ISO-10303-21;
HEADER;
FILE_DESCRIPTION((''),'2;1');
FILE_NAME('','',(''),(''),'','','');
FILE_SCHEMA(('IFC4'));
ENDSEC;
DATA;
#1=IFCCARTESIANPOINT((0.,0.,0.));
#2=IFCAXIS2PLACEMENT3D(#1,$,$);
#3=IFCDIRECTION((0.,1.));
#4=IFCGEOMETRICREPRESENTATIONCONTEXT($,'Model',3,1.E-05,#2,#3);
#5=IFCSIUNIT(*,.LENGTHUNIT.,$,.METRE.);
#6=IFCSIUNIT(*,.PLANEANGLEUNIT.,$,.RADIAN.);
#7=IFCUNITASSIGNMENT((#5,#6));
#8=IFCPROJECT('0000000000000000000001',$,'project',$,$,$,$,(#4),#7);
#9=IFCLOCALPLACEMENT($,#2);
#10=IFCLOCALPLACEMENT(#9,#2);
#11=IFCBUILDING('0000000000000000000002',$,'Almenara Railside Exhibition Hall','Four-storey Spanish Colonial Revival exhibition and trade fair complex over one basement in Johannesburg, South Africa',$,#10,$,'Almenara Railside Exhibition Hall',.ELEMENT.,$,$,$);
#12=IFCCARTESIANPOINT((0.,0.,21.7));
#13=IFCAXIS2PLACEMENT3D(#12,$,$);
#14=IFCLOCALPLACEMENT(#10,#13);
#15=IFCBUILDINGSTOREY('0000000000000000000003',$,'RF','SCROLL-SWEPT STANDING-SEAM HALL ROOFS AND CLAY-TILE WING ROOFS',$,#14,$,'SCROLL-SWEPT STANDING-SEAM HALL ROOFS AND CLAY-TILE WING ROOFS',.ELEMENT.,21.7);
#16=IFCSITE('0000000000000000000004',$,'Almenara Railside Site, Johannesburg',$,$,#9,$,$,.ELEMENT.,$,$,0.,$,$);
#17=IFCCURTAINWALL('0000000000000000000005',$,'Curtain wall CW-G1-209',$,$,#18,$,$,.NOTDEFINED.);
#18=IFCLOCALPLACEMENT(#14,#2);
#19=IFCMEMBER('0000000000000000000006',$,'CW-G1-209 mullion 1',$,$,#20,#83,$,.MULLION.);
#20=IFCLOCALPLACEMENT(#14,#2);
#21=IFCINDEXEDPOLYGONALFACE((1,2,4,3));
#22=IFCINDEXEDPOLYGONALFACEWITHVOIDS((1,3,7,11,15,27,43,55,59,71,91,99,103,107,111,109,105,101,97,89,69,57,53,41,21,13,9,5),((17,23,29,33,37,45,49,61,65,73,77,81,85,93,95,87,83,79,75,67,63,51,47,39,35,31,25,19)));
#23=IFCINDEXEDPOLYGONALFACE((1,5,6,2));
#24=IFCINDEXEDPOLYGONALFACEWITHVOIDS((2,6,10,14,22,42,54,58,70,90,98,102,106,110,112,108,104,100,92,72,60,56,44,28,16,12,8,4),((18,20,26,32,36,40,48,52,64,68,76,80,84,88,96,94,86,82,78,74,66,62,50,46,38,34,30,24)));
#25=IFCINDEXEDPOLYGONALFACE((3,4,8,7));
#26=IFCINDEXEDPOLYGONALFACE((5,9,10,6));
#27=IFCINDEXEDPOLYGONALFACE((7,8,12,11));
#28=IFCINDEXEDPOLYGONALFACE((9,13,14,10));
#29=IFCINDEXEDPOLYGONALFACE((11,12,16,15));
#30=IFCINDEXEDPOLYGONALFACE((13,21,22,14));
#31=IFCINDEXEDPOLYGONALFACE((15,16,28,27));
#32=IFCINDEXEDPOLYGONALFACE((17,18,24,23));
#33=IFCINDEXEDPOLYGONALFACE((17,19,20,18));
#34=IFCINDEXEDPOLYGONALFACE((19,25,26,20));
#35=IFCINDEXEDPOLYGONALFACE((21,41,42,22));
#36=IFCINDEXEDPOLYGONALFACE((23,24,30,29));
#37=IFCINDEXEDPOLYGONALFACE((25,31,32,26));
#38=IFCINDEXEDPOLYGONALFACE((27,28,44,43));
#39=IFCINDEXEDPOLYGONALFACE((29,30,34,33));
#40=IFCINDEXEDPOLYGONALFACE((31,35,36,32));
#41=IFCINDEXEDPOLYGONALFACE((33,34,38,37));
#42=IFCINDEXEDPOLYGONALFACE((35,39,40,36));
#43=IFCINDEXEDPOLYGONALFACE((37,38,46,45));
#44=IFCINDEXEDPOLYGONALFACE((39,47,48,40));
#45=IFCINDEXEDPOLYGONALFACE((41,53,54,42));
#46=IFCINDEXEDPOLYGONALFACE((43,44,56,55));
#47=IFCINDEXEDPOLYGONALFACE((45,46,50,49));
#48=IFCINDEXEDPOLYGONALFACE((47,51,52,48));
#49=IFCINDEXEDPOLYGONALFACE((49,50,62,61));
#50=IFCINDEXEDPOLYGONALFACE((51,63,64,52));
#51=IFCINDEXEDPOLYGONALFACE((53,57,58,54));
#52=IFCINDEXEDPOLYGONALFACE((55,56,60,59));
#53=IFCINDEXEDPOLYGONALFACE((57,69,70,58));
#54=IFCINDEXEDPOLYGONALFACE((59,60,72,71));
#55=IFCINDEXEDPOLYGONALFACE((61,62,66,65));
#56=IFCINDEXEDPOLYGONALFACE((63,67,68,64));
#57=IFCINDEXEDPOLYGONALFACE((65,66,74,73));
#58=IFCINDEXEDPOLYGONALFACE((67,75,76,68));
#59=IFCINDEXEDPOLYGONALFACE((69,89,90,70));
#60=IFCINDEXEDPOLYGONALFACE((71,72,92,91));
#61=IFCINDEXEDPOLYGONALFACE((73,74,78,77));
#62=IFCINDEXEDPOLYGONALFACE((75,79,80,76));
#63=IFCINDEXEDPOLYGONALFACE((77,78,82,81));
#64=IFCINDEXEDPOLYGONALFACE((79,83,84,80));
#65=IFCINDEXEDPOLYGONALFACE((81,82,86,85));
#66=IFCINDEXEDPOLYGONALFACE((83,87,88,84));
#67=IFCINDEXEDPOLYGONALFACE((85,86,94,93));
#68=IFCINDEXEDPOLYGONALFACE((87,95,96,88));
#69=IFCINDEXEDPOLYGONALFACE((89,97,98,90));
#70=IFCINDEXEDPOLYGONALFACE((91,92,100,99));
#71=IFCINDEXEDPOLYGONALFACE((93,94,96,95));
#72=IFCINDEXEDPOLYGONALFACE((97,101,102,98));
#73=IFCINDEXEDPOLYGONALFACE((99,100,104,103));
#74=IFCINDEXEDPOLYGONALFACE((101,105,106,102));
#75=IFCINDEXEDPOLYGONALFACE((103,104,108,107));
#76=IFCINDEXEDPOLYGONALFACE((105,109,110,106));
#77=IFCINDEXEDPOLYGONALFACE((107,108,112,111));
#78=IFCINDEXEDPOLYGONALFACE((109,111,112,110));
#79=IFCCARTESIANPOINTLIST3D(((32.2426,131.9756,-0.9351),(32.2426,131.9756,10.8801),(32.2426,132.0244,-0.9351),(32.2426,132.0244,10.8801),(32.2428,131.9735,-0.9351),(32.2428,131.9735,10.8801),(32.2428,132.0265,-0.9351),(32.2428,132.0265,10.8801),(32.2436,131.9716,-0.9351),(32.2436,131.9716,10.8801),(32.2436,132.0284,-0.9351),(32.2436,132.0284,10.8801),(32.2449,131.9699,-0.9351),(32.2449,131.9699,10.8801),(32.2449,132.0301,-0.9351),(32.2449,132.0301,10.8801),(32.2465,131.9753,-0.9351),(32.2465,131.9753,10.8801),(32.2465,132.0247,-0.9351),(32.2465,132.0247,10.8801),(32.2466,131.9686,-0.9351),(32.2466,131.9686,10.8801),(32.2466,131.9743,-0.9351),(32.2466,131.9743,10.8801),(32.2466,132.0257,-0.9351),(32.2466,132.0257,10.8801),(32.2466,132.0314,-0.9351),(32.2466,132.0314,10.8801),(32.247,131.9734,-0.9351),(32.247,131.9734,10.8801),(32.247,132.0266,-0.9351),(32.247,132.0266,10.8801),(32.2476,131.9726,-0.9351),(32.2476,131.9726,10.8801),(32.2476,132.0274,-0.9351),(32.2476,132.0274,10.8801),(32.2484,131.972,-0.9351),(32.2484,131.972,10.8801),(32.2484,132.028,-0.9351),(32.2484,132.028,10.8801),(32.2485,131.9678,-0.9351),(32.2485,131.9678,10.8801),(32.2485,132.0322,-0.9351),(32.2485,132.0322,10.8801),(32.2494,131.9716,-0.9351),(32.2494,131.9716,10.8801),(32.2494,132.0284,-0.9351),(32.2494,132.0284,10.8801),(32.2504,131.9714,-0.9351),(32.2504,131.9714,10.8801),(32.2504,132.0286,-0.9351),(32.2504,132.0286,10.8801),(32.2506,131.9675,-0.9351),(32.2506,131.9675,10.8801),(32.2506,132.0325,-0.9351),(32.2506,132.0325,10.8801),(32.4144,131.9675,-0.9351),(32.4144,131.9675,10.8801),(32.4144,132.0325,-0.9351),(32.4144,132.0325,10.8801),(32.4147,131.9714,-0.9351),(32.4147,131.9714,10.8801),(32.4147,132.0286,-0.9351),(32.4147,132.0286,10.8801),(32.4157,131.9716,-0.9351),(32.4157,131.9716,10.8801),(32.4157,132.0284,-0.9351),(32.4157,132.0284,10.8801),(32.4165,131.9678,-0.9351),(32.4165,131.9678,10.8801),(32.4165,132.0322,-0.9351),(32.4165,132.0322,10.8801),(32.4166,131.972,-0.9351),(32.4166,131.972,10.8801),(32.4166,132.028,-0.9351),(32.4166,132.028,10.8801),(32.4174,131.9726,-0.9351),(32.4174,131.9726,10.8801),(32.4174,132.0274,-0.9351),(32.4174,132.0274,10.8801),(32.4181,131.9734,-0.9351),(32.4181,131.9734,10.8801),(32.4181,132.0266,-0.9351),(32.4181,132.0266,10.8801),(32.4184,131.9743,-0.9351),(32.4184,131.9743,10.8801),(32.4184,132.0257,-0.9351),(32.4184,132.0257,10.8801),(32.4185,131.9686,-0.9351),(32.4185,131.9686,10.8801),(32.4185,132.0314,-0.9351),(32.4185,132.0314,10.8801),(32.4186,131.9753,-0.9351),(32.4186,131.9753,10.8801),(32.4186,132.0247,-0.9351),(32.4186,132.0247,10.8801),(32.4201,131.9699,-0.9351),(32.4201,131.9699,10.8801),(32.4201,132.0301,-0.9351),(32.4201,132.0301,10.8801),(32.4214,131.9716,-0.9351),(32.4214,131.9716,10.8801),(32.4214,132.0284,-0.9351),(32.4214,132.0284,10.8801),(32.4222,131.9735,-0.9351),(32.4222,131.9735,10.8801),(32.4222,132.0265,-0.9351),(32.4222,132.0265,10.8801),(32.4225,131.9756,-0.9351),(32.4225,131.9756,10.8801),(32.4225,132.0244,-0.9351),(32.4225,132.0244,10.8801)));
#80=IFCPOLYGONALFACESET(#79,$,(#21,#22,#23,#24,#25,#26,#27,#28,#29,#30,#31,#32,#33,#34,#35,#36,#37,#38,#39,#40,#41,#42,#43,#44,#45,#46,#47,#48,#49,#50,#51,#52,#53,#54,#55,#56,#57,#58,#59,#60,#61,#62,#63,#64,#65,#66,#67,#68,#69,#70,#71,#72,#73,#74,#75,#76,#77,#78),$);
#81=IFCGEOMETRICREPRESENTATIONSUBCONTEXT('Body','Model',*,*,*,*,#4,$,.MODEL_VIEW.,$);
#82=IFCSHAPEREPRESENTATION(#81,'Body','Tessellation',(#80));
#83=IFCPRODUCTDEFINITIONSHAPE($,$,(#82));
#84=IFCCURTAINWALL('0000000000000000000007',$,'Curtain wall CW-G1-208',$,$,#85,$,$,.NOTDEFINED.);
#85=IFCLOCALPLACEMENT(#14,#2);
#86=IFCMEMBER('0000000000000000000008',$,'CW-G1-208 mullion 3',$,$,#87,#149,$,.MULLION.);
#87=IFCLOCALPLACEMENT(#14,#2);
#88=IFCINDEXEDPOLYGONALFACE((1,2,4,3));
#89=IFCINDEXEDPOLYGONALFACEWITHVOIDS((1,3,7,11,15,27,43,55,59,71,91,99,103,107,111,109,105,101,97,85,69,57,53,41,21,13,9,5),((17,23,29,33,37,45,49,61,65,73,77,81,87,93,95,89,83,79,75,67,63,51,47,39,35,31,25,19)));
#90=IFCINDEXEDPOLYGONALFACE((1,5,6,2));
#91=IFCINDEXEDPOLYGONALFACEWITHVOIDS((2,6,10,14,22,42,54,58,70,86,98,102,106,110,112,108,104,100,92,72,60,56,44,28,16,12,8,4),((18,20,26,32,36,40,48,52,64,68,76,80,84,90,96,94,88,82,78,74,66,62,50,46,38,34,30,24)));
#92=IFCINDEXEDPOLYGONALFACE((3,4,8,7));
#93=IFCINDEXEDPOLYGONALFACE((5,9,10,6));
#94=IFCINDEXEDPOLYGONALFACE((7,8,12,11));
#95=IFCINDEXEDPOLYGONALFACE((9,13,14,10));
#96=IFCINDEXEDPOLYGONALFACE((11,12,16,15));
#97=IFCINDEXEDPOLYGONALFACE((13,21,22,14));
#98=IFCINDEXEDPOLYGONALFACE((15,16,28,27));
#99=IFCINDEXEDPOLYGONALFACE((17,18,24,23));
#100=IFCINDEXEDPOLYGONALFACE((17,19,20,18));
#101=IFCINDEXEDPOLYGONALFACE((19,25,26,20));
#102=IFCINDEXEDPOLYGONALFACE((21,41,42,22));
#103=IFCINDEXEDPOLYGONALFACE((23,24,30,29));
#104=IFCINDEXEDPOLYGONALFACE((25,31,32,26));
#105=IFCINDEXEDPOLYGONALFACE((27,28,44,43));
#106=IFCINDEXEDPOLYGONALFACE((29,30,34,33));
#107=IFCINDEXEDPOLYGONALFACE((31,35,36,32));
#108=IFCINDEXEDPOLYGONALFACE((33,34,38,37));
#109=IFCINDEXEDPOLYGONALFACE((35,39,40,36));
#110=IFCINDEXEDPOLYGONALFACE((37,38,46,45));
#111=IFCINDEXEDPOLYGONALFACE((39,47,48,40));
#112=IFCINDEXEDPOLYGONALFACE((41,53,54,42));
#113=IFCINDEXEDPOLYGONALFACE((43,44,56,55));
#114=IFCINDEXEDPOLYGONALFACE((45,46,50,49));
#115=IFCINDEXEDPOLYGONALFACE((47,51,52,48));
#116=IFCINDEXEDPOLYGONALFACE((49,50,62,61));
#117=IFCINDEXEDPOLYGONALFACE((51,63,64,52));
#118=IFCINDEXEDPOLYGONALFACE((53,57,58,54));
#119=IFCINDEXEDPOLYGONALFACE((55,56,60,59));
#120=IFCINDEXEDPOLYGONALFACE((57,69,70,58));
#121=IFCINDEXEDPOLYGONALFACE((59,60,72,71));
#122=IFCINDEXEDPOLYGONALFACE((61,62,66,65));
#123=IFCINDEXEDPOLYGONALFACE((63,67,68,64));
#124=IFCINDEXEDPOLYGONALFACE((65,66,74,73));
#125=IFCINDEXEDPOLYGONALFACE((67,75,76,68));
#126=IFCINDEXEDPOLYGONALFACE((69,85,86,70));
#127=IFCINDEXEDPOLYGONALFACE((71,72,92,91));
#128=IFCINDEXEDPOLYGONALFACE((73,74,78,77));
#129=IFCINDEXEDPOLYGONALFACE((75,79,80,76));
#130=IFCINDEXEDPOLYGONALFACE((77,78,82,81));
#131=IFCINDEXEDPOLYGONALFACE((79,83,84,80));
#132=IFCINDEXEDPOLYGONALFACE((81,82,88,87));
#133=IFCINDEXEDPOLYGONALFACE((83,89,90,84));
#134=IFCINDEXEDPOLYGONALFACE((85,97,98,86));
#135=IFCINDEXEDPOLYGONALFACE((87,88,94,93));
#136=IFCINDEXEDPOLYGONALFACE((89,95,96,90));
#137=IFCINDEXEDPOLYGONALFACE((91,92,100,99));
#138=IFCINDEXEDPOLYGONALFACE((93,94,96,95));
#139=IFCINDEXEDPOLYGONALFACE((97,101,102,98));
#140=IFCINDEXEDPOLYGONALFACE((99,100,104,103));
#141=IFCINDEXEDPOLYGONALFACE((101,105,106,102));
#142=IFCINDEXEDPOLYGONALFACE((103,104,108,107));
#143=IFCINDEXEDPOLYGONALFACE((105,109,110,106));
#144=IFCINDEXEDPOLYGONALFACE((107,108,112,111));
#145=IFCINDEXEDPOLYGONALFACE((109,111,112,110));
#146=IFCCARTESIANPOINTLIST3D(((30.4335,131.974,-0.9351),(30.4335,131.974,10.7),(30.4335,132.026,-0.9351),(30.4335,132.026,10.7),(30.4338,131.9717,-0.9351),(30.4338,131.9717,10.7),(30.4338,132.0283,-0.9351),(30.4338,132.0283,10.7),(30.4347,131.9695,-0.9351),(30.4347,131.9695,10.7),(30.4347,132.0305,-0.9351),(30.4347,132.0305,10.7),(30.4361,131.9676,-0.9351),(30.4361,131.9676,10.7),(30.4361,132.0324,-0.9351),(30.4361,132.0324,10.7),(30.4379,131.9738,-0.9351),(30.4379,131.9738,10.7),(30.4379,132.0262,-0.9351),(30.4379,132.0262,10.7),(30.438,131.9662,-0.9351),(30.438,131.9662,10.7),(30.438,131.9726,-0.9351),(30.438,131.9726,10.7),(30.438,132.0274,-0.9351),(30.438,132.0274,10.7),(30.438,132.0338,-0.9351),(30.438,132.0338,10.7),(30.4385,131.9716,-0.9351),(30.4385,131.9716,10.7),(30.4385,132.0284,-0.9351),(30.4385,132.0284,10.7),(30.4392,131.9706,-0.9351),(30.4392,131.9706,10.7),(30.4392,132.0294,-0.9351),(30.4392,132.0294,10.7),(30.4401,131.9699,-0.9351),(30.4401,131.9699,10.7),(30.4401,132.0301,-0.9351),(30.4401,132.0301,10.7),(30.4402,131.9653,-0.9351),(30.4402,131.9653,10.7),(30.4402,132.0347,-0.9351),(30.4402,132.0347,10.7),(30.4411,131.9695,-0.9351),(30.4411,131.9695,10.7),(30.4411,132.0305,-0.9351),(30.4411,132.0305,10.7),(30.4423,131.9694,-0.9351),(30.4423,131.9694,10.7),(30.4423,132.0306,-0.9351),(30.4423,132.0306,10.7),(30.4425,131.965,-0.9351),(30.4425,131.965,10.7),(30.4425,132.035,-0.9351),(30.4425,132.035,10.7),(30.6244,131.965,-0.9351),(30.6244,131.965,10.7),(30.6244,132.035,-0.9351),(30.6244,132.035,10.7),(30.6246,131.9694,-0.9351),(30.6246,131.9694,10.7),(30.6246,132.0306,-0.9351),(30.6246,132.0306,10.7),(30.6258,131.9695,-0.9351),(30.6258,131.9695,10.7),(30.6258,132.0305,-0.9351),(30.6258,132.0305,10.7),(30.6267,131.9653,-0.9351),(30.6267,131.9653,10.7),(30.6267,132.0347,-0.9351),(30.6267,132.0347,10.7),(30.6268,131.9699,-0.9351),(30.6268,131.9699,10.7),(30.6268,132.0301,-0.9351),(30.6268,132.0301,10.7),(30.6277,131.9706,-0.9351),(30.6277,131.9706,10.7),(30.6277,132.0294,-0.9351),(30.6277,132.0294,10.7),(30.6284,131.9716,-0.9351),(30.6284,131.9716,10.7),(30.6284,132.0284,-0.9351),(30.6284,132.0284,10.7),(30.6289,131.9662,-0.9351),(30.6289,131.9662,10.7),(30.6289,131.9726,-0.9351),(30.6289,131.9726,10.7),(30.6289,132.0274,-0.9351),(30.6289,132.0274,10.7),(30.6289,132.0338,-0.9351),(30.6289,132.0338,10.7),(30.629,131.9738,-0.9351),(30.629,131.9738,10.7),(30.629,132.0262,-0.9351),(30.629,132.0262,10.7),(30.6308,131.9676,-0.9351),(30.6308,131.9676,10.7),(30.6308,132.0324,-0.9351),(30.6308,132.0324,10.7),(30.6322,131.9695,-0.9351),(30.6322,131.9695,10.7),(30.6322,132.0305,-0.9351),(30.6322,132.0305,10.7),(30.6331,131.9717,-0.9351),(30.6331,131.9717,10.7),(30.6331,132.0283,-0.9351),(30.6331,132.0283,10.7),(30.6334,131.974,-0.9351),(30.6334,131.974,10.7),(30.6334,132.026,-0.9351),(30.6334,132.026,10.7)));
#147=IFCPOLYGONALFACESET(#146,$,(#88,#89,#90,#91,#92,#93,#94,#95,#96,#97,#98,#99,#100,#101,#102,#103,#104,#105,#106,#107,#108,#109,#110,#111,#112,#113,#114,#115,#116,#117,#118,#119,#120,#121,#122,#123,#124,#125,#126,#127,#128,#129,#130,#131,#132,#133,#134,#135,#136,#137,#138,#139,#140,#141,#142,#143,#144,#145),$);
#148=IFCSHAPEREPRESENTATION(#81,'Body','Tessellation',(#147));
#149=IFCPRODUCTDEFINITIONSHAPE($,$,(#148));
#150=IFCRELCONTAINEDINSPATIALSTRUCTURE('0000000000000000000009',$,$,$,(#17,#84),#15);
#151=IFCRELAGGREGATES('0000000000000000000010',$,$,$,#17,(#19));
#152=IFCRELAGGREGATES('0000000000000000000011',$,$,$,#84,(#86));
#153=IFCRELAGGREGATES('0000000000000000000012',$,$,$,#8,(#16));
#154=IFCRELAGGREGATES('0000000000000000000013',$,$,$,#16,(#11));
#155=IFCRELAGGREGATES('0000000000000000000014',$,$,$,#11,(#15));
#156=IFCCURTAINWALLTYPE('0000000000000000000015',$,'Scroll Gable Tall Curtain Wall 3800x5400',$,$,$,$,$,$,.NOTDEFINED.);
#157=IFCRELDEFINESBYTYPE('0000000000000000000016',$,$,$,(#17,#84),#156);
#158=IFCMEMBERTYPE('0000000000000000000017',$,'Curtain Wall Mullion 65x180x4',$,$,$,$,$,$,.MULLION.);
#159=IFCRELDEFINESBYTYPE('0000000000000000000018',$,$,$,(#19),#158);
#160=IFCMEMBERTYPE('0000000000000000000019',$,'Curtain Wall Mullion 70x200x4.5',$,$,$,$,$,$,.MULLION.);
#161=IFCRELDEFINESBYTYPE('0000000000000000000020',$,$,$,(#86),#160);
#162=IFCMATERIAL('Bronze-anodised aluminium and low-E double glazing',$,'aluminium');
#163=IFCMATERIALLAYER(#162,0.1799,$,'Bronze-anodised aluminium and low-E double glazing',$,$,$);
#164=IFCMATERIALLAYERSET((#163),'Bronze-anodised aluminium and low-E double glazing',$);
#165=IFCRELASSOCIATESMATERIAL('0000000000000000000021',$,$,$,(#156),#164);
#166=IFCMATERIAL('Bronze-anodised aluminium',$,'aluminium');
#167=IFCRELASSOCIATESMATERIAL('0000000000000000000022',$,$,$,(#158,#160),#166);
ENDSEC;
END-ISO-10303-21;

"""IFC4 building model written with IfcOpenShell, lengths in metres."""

from ifc_helpers import new_model, si_unit, direction, frame, origin, origin_2d, place, context, subcontext, project, spatial, hollow_rectangle, extrude, material, layer, layer_set, material_profile, profile_set, type_object, element, aggregate, save


model = new_model("IFC4")

# Units and contexts
model_context = context("Model", 3, precision=1e-05, world=origin(), true_north=direction((0.0, 1.0)))
body_context = subcontext(model_context, "Body", "Model", "MODEL_VIEW")
ifc_project = project(units=[si_unit("LENGTHUNIT", "METRE"), si_unit("PLANEANGLEUNIT", "RADIAN")], contexts=[model_context])

# Site, building, storey
site_placement = place(None, origin())
site = spatial("IfcSite", under=ifc_project, at=site_placement, Name="Almenara Railside Site, Johannesburg", CompositionType="ELEMENT", RefElevation=0.0)
building_placement = place(site_placement, origin())
building = spatial("IfcBuilding", under=site, at=building_placement, Name="Almenara Railside Exhibition Hall", Description="Four-storey Spanish Colonial Revival exhibition and trade fair complex over one basement in Johannesburg, South Africa", LongName="Almenara Railside Exhibition Hall", CompositionType="ELEMENT")
storey_placement = place(building_placement, frame((0.0, 0.0, 21.7)))
storey = spatial("IfcBuildingStorey", under=building, at=storey_placement, Name="RF", Description="SCROLL-SWEPT STANDING-SEAM HALL ROOFS AND CLAY-TILE WING ROOFS", LongName="SCROLL-SWEPT STANDING-SEAM HALL ROOFS AND CLAY-TILE WING ROOFS", CompositionType="ELEMENT", Elevation=21.7)

# Curtain wall, member
ifc_material_1 = material(Name="Bronze-anodised aluminium and low-E double glazing", Category="aluminium")
ifc_layer_1 = layer(ifc_material_1, 0.1799, Name="Bronze-anodised aluminium and low-E double glazing")
ifc_layer_set_1 = layer_set([ifc_layer_1], Name="Bronze-anodised aluminium and low-E double glazing")
curtain_wall_type = type_object("IfcCurtainWallType", Name="Scroll Gable Tall Curtain Wall 3800x5400", PredefinedType="NOTDEFINED", material=ifc_layer_set_1)
curtain_wall_1_placement = place(storey_placement, origin())
curtain_wall_1 = element("IfcCurtainWall", 1, at=curtain_wall_1_placement, inside=storey, type_object=curtain_wall_type, Name="Curtain wall CW-G1-209", PredefinedType="NOTDEFINED")
ifc_material_2 = material(Name="Bronze-anodised aluminium", Category="aluminium")
ifc_material_profile_1 = material_profile(ifc_material_2, hollow_rectangle(XDim=0.0649, YDim=0.1799, WallThickness=0.0039, InnerFilletRadius=0.0039, OuterFilletRadius=0.0081, at=origin_2d()), Name="ALU-MUL 65x180x4")
ifc_profile_set_1 = profile_set([ifc_material_profile_1], Name="Bronze-anodised aluminium")
member_type_1 = type_object("IfcMemberType", Name="Curtain Wall Mullion 65x180x4", PredefinedType="MULLION", material=ifc_profile_set_1)
member_1_placement = place(storey_placement, frame((32.3325, 132.0, -0.9351), z_axis=(0.0, 0.0, 1.0), x_axis=(0.0, 1.0, 0.0)))
member_1 = element("IfcMember", 2, at=member_1_placement, type_object=member_type_1, Name="CW-G1-209 mullion 1", PredefinedType="MULLION", context=body_context, shape_type="SweptSolid", body=[
    extrude(hollow_rectangle(XDim=0.0649, YDim=0.1799, WallThickness=0.0039, InnerFilletRadius=0.0039, OuterFilletRadius=0.0081, at=origin_2d()), origin(), (0.0, 0.0, 1.0), 11.8152),
])

# Curtain wall, member
curtain_wall_2_placement = place(storey_placement, origin())
curtain_wall_2 = element("IfcCurtainWall", 3, at=curtain_wall_2_placement, inside=storey, type_object=curtain_wall_type, Name="Curtain wall CW-G1-208", PredefinedType="NOTDEFINED")
ifc_material_profile_2 = material_profile(ifc_material_2, hollow_rectangle(XDim=0.0701, YDim=0.2, WallThickness=0.0044, InnerFilletRadius=0.0044, OuterFilletRadius=0.009, at=origin_2d()), Name="ALU-MUL 70x200x4.5")
ifc_profile_set_2 = profile_set([ifc_material_profile_2], Name="Bronze-anodised aluminium")
member_type_2 = type_object("IfcMemberType", Name="Curtain Wall Mullion 70x200x4.5", PredefinedType="MULLION", material=ifc_profile_set_2)
member_2_placement = place(storey_placement, frame((30.5334, 132.0, -0.9351), z_axis=(0.0, 0.0, 1.0), x_axis=(0.0, 1.0, 0.0)))
member_2 = element("IfcMember", 4, at=member_2_placement, type_object=member_type_2, Name="CW-G1-208 mullion 3", PredefinedType="MULLION", context=body_context, shape_type="SweptSolid", body=[
    extrude(hollow_rectangle(XDim=0.0701, YDim=0.2, WallThickness=0.0044, InnerFilletRadius=0.0044, OuterFilletRadius=0.009, at=origin_2d()), origin(), (0.0, 0.0, 1.0), 11.635),
])

aggregate(curtain_wall_1, [member_1])

aggregate(curtain_wall_2, [member_2])

save(model, "model.ifc")
